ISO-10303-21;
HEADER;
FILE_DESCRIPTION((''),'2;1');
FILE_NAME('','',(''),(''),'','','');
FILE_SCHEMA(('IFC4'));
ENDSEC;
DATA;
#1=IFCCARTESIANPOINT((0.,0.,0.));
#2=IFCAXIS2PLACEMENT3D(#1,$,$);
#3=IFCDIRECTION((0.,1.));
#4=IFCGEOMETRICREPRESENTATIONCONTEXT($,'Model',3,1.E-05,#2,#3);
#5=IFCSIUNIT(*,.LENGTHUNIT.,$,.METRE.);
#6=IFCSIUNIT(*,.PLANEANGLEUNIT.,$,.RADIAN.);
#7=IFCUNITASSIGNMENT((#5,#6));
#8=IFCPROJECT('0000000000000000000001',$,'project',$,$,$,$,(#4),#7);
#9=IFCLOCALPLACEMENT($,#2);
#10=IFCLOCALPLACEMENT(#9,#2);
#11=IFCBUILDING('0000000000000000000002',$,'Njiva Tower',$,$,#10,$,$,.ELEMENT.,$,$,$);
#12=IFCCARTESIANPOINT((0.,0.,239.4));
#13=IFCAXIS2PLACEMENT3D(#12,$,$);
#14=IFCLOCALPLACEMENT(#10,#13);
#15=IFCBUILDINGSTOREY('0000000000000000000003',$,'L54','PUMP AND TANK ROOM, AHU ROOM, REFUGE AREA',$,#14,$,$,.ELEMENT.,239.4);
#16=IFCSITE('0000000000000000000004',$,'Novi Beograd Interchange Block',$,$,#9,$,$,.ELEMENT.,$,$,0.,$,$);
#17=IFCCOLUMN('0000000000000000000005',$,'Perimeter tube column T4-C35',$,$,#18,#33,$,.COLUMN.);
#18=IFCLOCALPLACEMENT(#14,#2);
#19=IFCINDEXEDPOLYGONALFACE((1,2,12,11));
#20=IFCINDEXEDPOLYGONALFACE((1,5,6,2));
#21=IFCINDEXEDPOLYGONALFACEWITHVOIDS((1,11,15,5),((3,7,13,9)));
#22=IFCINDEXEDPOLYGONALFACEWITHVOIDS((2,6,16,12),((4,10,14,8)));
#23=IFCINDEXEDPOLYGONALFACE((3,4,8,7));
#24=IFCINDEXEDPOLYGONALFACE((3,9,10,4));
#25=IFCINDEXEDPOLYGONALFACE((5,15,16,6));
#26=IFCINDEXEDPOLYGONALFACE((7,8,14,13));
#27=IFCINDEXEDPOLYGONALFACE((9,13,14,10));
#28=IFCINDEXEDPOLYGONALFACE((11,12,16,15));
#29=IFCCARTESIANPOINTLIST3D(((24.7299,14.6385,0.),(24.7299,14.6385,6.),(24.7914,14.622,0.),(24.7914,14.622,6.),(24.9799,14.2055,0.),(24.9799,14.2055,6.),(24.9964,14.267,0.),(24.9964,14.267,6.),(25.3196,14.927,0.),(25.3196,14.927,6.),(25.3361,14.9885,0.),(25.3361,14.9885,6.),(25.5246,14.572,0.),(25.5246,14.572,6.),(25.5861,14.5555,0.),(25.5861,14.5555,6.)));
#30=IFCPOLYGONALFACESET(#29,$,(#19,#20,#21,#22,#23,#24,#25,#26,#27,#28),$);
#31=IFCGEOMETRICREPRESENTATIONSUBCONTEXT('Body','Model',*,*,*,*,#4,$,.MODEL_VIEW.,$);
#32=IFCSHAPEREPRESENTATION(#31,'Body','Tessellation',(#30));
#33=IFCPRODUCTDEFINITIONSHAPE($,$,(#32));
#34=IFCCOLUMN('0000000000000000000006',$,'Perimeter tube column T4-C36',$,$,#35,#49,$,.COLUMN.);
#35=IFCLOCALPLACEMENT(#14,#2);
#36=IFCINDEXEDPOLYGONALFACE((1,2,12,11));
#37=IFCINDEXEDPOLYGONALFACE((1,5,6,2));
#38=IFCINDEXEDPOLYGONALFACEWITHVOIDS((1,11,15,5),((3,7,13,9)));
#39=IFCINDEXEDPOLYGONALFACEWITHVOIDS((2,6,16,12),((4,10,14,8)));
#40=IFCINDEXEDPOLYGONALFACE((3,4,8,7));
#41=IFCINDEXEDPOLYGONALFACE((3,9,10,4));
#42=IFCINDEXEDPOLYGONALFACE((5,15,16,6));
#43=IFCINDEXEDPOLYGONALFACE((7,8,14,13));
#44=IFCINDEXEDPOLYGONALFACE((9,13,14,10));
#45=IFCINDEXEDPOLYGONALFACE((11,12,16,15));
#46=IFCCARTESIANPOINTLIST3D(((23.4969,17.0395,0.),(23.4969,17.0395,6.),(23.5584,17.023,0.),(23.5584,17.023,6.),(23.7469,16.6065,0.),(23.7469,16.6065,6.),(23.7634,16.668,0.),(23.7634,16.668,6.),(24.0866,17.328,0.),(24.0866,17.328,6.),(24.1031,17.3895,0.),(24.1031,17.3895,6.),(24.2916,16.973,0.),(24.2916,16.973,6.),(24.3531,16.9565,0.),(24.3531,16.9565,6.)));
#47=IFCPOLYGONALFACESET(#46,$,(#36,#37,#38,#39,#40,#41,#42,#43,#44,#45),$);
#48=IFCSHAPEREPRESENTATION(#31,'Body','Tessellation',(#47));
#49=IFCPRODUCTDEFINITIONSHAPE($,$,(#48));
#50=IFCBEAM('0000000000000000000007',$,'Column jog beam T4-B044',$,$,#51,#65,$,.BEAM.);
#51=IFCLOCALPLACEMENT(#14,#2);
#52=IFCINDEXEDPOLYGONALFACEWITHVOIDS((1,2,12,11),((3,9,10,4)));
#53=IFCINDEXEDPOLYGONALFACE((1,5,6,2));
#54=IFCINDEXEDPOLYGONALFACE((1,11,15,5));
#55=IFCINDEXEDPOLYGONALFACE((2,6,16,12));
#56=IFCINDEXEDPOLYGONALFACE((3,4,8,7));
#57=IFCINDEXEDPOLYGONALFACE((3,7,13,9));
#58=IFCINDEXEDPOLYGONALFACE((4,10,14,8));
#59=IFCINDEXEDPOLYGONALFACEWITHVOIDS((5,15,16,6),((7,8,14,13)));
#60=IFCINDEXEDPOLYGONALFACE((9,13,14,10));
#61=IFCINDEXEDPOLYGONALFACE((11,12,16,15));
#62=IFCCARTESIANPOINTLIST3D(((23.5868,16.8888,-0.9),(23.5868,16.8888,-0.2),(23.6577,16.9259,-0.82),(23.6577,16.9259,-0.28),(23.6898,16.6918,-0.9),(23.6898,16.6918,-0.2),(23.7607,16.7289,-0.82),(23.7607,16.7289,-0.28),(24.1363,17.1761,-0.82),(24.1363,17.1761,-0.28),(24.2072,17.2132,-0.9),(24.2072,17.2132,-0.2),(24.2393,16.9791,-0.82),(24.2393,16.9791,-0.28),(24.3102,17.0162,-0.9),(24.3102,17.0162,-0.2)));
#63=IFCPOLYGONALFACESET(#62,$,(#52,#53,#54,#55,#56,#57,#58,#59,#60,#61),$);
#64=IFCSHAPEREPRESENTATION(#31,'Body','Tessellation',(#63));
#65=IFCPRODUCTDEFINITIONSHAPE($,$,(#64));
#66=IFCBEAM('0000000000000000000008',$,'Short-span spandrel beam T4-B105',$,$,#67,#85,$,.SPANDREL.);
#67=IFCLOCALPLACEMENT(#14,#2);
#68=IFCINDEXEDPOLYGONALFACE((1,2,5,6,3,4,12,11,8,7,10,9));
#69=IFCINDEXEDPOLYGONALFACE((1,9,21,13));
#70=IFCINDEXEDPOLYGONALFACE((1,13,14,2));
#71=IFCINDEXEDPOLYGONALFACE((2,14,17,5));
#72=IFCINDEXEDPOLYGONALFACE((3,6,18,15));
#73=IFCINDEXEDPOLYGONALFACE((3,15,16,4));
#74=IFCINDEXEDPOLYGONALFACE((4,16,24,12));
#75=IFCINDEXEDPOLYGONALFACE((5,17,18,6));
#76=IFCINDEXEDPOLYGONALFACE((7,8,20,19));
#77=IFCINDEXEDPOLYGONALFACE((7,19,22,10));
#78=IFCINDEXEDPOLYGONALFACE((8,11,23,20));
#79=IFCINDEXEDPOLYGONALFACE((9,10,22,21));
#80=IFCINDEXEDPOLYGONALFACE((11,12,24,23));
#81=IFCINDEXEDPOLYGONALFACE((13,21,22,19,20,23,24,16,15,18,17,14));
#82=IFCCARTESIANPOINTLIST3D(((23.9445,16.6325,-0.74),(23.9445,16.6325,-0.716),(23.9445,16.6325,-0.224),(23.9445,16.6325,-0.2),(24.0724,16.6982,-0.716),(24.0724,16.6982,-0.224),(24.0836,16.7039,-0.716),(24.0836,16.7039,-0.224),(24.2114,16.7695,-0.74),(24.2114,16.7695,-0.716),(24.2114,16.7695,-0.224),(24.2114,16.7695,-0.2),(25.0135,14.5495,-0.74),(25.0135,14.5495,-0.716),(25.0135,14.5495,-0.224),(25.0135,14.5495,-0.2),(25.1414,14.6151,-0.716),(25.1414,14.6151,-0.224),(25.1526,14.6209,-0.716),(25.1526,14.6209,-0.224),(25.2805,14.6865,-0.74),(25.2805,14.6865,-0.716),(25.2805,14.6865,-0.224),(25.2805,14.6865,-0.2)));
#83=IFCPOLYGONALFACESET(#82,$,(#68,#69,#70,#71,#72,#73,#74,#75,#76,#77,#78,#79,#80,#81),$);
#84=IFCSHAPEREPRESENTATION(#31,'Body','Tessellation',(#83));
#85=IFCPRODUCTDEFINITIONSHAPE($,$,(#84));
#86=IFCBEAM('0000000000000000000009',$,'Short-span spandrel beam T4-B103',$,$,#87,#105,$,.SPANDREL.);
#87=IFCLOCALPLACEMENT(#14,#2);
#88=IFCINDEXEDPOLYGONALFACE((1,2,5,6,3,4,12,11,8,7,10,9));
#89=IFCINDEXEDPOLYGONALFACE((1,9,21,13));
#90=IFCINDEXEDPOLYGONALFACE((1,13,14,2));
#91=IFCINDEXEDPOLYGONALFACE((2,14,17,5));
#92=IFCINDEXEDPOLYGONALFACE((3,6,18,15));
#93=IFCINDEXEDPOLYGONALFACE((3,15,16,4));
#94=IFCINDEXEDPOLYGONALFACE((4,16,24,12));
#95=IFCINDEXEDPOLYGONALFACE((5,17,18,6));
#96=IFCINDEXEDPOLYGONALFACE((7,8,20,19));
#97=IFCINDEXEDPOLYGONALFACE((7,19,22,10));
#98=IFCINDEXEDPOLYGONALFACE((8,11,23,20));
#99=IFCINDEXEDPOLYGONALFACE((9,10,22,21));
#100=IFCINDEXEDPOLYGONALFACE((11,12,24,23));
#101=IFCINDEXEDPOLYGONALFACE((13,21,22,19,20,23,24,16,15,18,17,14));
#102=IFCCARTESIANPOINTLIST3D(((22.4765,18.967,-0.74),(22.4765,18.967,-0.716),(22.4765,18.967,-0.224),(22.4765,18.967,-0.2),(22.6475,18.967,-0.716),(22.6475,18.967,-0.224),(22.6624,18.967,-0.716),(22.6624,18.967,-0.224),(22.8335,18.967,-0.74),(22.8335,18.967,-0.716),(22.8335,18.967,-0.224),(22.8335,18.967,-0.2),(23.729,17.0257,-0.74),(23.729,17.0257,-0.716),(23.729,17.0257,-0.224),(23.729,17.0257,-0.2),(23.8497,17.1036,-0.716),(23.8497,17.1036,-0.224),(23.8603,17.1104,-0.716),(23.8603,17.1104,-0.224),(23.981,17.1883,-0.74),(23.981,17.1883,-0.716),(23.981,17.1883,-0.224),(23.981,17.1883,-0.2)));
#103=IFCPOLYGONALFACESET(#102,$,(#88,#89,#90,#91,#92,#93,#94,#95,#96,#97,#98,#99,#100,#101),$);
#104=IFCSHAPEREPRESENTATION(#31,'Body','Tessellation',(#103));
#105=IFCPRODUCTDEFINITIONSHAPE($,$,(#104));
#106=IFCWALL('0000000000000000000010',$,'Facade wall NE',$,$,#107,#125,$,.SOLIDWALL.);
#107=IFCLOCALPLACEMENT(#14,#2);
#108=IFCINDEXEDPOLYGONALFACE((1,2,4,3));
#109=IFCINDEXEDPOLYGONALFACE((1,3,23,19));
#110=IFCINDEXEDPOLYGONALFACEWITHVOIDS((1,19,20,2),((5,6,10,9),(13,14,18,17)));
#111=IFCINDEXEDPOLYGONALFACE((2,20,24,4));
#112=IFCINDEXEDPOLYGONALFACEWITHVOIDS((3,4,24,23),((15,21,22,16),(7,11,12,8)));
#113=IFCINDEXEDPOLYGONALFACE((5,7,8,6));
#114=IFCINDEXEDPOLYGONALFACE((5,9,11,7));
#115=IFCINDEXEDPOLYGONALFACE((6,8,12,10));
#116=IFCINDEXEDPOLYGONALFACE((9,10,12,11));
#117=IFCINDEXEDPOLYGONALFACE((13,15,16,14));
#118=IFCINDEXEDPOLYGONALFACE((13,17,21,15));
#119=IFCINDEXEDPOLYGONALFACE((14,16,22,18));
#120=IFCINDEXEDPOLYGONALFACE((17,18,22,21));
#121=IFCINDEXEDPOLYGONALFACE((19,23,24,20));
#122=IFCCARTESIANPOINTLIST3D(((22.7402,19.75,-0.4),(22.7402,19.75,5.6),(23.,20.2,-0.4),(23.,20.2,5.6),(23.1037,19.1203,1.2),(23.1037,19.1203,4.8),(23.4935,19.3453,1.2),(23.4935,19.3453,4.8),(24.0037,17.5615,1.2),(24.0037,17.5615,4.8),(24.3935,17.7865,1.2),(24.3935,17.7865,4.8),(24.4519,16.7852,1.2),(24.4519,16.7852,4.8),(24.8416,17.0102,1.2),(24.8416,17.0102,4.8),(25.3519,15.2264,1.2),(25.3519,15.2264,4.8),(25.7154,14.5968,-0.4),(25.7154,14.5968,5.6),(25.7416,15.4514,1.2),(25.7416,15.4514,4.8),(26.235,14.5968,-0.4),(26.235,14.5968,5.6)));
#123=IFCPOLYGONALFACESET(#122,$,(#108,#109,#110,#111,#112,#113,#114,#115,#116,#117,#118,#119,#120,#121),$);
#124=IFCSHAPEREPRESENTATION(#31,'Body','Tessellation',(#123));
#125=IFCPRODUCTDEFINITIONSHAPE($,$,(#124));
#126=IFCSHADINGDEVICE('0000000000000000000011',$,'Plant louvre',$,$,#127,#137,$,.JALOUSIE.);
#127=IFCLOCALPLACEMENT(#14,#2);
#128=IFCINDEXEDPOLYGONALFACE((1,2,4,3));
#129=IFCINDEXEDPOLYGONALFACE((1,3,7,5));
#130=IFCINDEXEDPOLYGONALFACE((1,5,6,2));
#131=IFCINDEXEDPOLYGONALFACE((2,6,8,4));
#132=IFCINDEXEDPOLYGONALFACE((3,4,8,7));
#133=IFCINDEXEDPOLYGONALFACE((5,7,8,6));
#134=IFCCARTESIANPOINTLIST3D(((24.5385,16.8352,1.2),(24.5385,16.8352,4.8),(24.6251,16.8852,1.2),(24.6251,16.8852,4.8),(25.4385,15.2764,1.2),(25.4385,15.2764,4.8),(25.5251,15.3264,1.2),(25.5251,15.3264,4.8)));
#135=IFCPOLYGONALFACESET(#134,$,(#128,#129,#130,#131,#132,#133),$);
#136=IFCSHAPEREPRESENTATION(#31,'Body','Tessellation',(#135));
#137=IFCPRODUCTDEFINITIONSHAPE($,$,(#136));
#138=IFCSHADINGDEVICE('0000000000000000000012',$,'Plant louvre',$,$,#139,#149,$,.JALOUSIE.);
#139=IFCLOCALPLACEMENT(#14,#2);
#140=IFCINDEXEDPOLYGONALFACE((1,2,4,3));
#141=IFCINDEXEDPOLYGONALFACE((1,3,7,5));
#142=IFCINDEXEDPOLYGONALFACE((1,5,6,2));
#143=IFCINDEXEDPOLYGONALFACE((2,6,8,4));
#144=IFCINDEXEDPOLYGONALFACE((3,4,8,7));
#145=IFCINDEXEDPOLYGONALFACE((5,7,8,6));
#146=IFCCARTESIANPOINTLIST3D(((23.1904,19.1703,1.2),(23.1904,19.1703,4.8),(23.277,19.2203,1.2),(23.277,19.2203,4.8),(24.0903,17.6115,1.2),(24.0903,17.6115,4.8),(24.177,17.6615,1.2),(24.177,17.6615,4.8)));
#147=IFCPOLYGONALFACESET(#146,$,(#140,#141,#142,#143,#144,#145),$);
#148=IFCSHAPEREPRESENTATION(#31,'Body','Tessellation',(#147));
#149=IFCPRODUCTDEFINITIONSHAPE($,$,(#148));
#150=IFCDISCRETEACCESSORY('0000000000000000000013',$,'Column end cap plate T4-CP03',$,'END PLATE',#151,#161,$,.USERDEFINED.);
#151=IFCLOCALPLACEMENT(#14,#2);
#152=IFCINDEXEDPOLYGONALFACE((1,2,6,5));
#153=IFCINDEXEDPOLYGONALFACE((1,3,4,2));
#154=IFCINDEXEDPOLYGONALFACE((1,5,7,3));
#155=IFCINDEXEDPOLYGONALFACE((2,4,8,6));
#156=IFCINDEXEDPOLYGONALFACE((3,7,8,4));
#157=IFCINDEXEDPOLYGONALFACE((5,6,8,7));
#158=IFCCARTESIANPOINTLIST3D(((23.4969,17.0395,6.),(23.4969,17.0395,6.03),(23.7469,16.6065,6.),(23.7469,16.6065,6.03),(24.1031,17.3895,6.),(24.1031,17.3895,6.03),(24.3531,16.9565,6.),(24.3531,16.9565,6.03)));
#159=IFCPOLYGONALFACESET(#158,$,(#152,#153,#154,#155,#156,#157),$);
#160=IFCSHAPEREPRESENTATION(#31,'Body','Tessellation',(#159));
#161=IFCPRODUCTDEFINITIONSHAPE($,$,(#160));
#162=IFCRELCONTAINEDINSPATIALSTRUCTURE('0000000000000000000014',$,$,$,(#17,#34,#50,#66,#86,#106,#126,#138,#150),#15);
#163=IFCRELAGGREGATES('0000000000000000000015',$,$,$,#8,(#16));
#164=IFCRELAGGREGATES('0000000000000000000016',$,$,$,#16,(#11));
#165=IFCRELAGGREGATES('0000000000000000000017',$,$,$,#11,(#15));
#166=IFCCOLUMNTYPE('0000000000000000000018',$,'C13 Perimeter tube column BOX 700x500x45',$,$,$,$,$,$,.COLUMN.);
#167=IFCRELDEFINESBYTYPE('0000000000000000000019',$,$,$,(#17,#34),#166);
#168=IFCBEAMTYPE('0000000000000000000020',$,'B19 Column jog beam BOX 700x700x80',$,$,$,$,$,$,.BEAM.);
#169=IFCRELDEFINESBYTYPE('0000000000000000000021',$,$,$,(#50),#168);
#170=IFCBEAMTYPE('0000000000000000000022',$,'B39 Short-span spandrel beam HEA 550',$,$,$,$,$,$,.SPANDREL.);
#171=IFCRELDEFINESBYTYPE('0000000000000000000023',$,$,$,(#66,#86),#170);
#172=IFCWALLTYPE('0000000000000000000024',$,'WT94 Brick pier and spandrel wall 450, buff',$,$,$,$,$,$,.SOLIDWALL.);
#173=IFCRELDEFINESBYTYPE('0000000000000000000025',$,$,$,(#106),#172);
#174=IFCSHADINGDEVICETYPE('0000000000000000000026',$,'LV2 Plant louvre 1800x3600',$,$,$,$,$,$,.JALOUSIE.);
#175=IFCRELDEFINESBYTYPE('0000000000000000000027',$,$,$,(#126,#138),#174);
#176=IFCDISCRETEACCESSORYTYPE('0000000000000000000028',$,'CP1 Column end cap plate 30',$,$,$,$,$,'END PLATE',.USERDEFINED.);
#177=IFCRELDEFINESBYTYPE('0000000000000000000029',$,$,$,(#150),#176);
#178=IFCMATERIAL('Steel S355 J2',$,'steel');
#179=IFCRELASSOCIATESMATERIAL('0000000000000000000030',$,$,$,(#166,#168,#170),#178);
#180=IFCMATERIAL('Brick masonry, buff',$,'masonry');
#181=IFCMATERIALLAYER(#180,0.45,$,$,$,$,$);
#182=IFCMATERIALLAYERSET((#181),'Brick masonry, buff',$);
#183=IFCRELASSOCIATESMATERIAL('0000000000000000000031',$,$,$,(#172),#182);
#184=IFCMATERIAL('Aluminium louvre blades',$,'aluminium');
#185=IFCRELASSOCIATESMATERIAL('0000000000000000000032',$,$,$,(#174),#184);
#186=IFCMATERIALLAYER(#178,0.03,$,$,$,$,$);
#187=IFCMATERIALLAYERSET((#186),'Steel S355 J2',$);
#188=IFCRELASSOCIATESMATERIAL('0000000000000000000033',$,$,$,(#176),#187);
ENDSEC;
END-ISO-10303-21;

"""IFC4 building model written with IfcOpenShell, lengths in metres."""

from ifc_helpers import new_model, si_unit, direction, frame, frame_2d, origin, origin_2d, place, context, subcontext, project, spatial, polyline, rectangle, hollow_rectangle, i_section, outline, extrude, clip, halfspace, material, layer, layer_set, material_profile, profile_set, type_object, element, fill, save


model = new_model("IFC4")

# Units and contexts
model_context = context("Model", 3, precision=1e-05, world=origin(), true_north=direction((0.0, 1.0)))
body_context = subcontext(model_context, "Body", "Model", "MODEL_VIEW")
ifc_project = project(units=[si_unit("LENGTHUNIT", "METRE"), si_unit("PLANEANGLEUNIT", "RADIAN")], contexts=[model_context])

# Site, building, storey
site_placement = place(None, origin())
site = spatial("IfcSite", under=ifc_project, at=site_placement, Name="Novi Beograd Interchange Block", CompositionType="ELEMENT", RefElevation=0.0)
building_placement = place(site_placement, origin())
building = spatial("IfcBuilding", under=site, at=building_placement, Name="Njiva Tower", CompositionType="ELEMENT")
storey_placement = place(building_placement, frame((0.0, 0.0, 239.4)))
storey = spatial("IfcBuildingStorey", under=building, at=storey_placement, Name="L54", Description="PUMP AND TANK ROOM, AHU ROOM, REFUGE AREA", CompositionType="ELEMENT", Elevation=239.4)

# Columns
ifc_material_1 = material(Name="Steel S355 J2", Category="steel")
ifc_material_profile_1 = material_profile(ifc_material_1, hollow_rectangle(XDim=0.5, YDim=0.7, WallThickness=0.045, at=origin_2d()), Name="BOX 700x500x45")
ifc_profile_set_1 = profile_set([ifc_material_profile_1], Name="Steel S355 J2")
column_type = type_object("IfcColumnType", Name="C13 Perimeter tube column BOX 700x500x45", PredefinedType="COLUMN", material=ifc_profile_set_1)
for number, where, z_axis, x_axis, name in (
    (1, (25.158, 14.597, 0.0), (0.0, 0.0, 1.0), (-0.5, 0.866025, 0.0), "Perimeter tube column T4-C35"),
    (2, (23.925, 16.998, 0.0), (0.0, 0.0, 1.0), (-0.5, 0.866025, 0.0), "Perimeter tube column T4-C36"),
):
    element("IfcColumn", number, at=place(storey_placement, frame(where, z_axis=z_axis, x_axis=x_axis)), inside=storey, type_object=column_type, Name=name, PredefinedType="COLUMN", context=body_context, shape_type="SweptSolid", body=[
        extrude(hollow_rectangle(XDim=0.5, YDim=0.7, WallThickness=0.045, at=origin_2d()), origin(), (0.0, 0.0, 1.0), 6.0),
    ])

# Beams
ifc_material_profile_2 = material_profile(ifc_material_1, hollow_rectangle(XDim=0.7, YDim=0.7, WallThickness=0.08, at=origin_2d()), Name="BOX 700x700x80")
ifc_profile_set_2 = profile_set([ifc_material_profile_2], Name="Steel S355 J2")
beam_type_1 = type_object("IfcBeamType", Name="B19 Column jog beam BOX 700x700x80", PredefinedType="BEAM", material=ifc_profile_set_2)
beam_1_placement = place(storey_placement, frame((24.0, 16.854, -0.55), z_axis=(-0.463335, 0.886183, 0.0), x_axis=(-0.886183, -0.463335, 0.0)))
element("IfcBeam", 3, at=beam_1_placement, inside=storey, type_object=beam_type_1, Name="Column jog beam T4-B044", PredefinedType="BEAM", context=body_context, shape_type="SweptSolid", body=[
    extrude(hollow_rectangle(XDim=0.7, YDim=0.7, WallThickness=0.08, at=origin_2d()), origin(), (0.0, 0.0, 1.0), 0.2223),
])
ifc_material_profile_3 = material_profile(ifc_material_1, i_section(OverallWidth=0.3, OverallDepth=0.54, WebThickness=0.0125, FlangeThickness=0.024, at=origin_2d()), Name="HEA 550")
ifc_profile_set_3 = profile_set([ifc_material_profile_3], Name="Steel S355 J2")
beam_type_2 = type_object("IfcBeamType", Name="B39 Short-span spandrel beam HEA 550", PredefinedType="SPANDREL", material=ifc_profile_set_3)
beam_2_placement = place(storey_placement, frame((25.147, 14.618, -0.47), z_axis=(-0.456585, 0.88968, 0.0), x_axis=(-0.88968, -0.456585, 0.0)))
element("IfcBeam", 4, at=beam_2_placement, inside=storey, type_object=beam_type_2, Name="Short-span spandrel beam T4-B105", PredefinedType="SPANDREL", context=body_context, shape_type="SweptSolid", body=[
    extrude(i_section(OverallWidth=0.3, OverallDepth=0.54, WebThickness=0.0125, FlangeThickness=0.024, at=origin_2d()), origin(), (0.0, 0.0, 1.0), 2.3413),
])
beam_3_placement = place(storey_placement, frame((23.855, 17.107, -0.47), z_axis=(-0.542127, 0.840297, 0.0), x_axis=(-0.840297, -0.542127, 0.0)))
element("IfcBeam", 5, at=beam_3_placement, inside=storey, type_object=beam_type_2, Name="Short-span spandrel beam T4-B103", PredefinedType="SPANDREL", context=body_context, shape_type="Clipping", body=[
    clip(extrude(i_section(OverallWidth=0.3, OverallDepth=0.54, WebThickness=0.0125, FlangeThickness=0.024, at=origin_2d()), origin(), (0.0, 0.0, 1.0), 2.3305), halfspace(frame((-0.0269, 0.0, 2.1962), z_axis=(-0.542127, 0.0, 0.840297), x_axis=(0.0, 1.0, 0.0)), False)),
])

# Wall, openings, shading devices
ifc_material_2 = material(Name="Brick masonry, buff", Category="masonry")
ifc_layer_1 = layer(ifc_material_2, 0.45)
ifc_layer_set_1 = layer_set([ifc_layer_1], Name="Brick masonry, buff")
wall_type = type_object("IfcWallType", Name="WT94 Brick pier and spandrel wall 450, buff", PredefinedType="SOLIDWALL", material=ifc_layer_set_1)
wall_placement = place(storey_placement, frame((25.9752, 14.5968, -0.4), z_axis=(0.0, 0.0, 1.0), x_axis=(-0.499999, 0.866026, 0.0)))
wall = element("IfcWall", 6, at=wall_placement, inside=storey, type_object=wall_type, Name="Facade wall NE", PredefinedType="SOLIDWALL", context=body_context, shape_type="SweptSolid", body=[
    extrude(outline(polyline([(-0.1299, -0.225), (6.3401, -0.225), (6.0803, 0.225), (0.1299, 0.225), (-0.1299, -0.225)])), origin(), (0.0, 0.0, 1.0), 6.0),
])
opening_1_placement = place(wall_placement, frame((0.8569, 0.0, 1.6)))
opening_1 = element("IfcOpeningElement", 7, at=opening_1_placement, cuts=wall, PredefinedType="OPENING", context=body_context, shape_type="SweptSolid", body=[
    extrude(rectangle(XDim=1.8, YDim=3.6, at=frame_2d((0.9, 1.8))), frame((0.0, 0.235, 0.0), z_axis=(0.0, -1.0, 0.0), x_axis=(1.0, 0.0, 0.0)), (0.0, 0.0, 1.0), 0.47),
])
opening_2_placement = place(wall_placement, frame((3.5532, 0.0, 1.6)))
opening_2 = element("IfcOpeningElement", 8, at=opening_2_placement, cuts=wall, PredefinedType="OPENING", context=body_context, shape_type="SweptSolid", body=[
    extrude(rectangle(XDim=1.8, YDim=3.6, at=frame_2d((0.9, 1.8))), frame((0.0, 0.235, 0.0), z_axis=(0.0, -1.0, 0.0), x_axis=(1.0, 0.0, 0.0)), (0.0, 0.0, 1.0), 0.47),
])
ifc_material_3 = material(Name="Aluminium louvre blades", Category="aluminium")
shading_device_type = type_object("IfcShadingDeviceType", Name="LV2 Plant louvre 1800x3600", PredefinedType="JALOUSIE", material=ifc_material_3)
shading_device_1_placement = place(opening_1_placement, origin())
shading_device_1 = element("IfcShadingDevice", 9, at=shading_device_1_placement, inside=storey, type_object=shading_device_type, Name="Plant louvre", PredefinedType="JALOUSIE", context=body_context, shape_type="SweptSolid", body=[
    extrude(rectangle(XDim=1.8, YDim=3.6, at=frame_2d((0.9, 1.8))), frame((0.0, 0.125, 0.0), z_axis=(0.0, -1.0, 0.0), x_axis=(1.0, 0.0, 0.0)), (0.0, 0.0, 1.0), 0.1),
])
fill(opening_1, shading_device_1)
shading_device_2_placement = place(opening_2_placement, origin())
shading_device_2 = element("IfcShadingDevice", 10, at=shading_device_2_placement, inside=storey, type_object=shading_device_type, Name="Plant louvre", PredefinedType="JALOUSIE", context=body_context, shape_type="SweptSolid", body=[
    extrude(rectangle(XDim=1.8, YDim=3.6, at=frame_2d((0.9, 1.8))), frame((0.0, 0.125, 0.0), z_axis=(0.0, -1.0, 0.0), x_axis=(1.0, 0.0, 0.0)), (0.0, 0.0, 1.0), 0.1),
])
fill(opening_2, shading_device_2)

# Discrete accessory
ifc_layer_2 = layer(ifc_material_1, 0.03)
ifc_layer_set_2 = layer_set([ifc_layer_2], Name="Steel S355 J2")
discrete_accessory_type = type_object("IfcDiscreteAccessoryType", Name="CP1 Column end cap plate 30", ElementType="END PLATE", PredefinedType="USERDEFINED", material=ifc_layer_set_2)
discrete_accessory_placement = place(storey_placement, frame((23.925, 16.998, 6.0)))
element("IfcDiscreteAccessory", 11, at=discrete_accessory_placement, inside=storey, type_object=discrete_accessory_type, Name="Column end cap plate T4-CP03", ObjectType="END PLATE", PredefinedType="USERDEFINED", context=body_context, shape_type="SweptSolid", body=[
    extrude(outline(polyline([(-0.4281, 0.0415), (-0.1781, -0.3915), (0.4281, -0.0415), (0.1781, 0.3915), (-0.4281, 0.0415)])), origin(), (0.0, 0.0, 1.0), 0.03),
])

save(model, "model.ifc")
